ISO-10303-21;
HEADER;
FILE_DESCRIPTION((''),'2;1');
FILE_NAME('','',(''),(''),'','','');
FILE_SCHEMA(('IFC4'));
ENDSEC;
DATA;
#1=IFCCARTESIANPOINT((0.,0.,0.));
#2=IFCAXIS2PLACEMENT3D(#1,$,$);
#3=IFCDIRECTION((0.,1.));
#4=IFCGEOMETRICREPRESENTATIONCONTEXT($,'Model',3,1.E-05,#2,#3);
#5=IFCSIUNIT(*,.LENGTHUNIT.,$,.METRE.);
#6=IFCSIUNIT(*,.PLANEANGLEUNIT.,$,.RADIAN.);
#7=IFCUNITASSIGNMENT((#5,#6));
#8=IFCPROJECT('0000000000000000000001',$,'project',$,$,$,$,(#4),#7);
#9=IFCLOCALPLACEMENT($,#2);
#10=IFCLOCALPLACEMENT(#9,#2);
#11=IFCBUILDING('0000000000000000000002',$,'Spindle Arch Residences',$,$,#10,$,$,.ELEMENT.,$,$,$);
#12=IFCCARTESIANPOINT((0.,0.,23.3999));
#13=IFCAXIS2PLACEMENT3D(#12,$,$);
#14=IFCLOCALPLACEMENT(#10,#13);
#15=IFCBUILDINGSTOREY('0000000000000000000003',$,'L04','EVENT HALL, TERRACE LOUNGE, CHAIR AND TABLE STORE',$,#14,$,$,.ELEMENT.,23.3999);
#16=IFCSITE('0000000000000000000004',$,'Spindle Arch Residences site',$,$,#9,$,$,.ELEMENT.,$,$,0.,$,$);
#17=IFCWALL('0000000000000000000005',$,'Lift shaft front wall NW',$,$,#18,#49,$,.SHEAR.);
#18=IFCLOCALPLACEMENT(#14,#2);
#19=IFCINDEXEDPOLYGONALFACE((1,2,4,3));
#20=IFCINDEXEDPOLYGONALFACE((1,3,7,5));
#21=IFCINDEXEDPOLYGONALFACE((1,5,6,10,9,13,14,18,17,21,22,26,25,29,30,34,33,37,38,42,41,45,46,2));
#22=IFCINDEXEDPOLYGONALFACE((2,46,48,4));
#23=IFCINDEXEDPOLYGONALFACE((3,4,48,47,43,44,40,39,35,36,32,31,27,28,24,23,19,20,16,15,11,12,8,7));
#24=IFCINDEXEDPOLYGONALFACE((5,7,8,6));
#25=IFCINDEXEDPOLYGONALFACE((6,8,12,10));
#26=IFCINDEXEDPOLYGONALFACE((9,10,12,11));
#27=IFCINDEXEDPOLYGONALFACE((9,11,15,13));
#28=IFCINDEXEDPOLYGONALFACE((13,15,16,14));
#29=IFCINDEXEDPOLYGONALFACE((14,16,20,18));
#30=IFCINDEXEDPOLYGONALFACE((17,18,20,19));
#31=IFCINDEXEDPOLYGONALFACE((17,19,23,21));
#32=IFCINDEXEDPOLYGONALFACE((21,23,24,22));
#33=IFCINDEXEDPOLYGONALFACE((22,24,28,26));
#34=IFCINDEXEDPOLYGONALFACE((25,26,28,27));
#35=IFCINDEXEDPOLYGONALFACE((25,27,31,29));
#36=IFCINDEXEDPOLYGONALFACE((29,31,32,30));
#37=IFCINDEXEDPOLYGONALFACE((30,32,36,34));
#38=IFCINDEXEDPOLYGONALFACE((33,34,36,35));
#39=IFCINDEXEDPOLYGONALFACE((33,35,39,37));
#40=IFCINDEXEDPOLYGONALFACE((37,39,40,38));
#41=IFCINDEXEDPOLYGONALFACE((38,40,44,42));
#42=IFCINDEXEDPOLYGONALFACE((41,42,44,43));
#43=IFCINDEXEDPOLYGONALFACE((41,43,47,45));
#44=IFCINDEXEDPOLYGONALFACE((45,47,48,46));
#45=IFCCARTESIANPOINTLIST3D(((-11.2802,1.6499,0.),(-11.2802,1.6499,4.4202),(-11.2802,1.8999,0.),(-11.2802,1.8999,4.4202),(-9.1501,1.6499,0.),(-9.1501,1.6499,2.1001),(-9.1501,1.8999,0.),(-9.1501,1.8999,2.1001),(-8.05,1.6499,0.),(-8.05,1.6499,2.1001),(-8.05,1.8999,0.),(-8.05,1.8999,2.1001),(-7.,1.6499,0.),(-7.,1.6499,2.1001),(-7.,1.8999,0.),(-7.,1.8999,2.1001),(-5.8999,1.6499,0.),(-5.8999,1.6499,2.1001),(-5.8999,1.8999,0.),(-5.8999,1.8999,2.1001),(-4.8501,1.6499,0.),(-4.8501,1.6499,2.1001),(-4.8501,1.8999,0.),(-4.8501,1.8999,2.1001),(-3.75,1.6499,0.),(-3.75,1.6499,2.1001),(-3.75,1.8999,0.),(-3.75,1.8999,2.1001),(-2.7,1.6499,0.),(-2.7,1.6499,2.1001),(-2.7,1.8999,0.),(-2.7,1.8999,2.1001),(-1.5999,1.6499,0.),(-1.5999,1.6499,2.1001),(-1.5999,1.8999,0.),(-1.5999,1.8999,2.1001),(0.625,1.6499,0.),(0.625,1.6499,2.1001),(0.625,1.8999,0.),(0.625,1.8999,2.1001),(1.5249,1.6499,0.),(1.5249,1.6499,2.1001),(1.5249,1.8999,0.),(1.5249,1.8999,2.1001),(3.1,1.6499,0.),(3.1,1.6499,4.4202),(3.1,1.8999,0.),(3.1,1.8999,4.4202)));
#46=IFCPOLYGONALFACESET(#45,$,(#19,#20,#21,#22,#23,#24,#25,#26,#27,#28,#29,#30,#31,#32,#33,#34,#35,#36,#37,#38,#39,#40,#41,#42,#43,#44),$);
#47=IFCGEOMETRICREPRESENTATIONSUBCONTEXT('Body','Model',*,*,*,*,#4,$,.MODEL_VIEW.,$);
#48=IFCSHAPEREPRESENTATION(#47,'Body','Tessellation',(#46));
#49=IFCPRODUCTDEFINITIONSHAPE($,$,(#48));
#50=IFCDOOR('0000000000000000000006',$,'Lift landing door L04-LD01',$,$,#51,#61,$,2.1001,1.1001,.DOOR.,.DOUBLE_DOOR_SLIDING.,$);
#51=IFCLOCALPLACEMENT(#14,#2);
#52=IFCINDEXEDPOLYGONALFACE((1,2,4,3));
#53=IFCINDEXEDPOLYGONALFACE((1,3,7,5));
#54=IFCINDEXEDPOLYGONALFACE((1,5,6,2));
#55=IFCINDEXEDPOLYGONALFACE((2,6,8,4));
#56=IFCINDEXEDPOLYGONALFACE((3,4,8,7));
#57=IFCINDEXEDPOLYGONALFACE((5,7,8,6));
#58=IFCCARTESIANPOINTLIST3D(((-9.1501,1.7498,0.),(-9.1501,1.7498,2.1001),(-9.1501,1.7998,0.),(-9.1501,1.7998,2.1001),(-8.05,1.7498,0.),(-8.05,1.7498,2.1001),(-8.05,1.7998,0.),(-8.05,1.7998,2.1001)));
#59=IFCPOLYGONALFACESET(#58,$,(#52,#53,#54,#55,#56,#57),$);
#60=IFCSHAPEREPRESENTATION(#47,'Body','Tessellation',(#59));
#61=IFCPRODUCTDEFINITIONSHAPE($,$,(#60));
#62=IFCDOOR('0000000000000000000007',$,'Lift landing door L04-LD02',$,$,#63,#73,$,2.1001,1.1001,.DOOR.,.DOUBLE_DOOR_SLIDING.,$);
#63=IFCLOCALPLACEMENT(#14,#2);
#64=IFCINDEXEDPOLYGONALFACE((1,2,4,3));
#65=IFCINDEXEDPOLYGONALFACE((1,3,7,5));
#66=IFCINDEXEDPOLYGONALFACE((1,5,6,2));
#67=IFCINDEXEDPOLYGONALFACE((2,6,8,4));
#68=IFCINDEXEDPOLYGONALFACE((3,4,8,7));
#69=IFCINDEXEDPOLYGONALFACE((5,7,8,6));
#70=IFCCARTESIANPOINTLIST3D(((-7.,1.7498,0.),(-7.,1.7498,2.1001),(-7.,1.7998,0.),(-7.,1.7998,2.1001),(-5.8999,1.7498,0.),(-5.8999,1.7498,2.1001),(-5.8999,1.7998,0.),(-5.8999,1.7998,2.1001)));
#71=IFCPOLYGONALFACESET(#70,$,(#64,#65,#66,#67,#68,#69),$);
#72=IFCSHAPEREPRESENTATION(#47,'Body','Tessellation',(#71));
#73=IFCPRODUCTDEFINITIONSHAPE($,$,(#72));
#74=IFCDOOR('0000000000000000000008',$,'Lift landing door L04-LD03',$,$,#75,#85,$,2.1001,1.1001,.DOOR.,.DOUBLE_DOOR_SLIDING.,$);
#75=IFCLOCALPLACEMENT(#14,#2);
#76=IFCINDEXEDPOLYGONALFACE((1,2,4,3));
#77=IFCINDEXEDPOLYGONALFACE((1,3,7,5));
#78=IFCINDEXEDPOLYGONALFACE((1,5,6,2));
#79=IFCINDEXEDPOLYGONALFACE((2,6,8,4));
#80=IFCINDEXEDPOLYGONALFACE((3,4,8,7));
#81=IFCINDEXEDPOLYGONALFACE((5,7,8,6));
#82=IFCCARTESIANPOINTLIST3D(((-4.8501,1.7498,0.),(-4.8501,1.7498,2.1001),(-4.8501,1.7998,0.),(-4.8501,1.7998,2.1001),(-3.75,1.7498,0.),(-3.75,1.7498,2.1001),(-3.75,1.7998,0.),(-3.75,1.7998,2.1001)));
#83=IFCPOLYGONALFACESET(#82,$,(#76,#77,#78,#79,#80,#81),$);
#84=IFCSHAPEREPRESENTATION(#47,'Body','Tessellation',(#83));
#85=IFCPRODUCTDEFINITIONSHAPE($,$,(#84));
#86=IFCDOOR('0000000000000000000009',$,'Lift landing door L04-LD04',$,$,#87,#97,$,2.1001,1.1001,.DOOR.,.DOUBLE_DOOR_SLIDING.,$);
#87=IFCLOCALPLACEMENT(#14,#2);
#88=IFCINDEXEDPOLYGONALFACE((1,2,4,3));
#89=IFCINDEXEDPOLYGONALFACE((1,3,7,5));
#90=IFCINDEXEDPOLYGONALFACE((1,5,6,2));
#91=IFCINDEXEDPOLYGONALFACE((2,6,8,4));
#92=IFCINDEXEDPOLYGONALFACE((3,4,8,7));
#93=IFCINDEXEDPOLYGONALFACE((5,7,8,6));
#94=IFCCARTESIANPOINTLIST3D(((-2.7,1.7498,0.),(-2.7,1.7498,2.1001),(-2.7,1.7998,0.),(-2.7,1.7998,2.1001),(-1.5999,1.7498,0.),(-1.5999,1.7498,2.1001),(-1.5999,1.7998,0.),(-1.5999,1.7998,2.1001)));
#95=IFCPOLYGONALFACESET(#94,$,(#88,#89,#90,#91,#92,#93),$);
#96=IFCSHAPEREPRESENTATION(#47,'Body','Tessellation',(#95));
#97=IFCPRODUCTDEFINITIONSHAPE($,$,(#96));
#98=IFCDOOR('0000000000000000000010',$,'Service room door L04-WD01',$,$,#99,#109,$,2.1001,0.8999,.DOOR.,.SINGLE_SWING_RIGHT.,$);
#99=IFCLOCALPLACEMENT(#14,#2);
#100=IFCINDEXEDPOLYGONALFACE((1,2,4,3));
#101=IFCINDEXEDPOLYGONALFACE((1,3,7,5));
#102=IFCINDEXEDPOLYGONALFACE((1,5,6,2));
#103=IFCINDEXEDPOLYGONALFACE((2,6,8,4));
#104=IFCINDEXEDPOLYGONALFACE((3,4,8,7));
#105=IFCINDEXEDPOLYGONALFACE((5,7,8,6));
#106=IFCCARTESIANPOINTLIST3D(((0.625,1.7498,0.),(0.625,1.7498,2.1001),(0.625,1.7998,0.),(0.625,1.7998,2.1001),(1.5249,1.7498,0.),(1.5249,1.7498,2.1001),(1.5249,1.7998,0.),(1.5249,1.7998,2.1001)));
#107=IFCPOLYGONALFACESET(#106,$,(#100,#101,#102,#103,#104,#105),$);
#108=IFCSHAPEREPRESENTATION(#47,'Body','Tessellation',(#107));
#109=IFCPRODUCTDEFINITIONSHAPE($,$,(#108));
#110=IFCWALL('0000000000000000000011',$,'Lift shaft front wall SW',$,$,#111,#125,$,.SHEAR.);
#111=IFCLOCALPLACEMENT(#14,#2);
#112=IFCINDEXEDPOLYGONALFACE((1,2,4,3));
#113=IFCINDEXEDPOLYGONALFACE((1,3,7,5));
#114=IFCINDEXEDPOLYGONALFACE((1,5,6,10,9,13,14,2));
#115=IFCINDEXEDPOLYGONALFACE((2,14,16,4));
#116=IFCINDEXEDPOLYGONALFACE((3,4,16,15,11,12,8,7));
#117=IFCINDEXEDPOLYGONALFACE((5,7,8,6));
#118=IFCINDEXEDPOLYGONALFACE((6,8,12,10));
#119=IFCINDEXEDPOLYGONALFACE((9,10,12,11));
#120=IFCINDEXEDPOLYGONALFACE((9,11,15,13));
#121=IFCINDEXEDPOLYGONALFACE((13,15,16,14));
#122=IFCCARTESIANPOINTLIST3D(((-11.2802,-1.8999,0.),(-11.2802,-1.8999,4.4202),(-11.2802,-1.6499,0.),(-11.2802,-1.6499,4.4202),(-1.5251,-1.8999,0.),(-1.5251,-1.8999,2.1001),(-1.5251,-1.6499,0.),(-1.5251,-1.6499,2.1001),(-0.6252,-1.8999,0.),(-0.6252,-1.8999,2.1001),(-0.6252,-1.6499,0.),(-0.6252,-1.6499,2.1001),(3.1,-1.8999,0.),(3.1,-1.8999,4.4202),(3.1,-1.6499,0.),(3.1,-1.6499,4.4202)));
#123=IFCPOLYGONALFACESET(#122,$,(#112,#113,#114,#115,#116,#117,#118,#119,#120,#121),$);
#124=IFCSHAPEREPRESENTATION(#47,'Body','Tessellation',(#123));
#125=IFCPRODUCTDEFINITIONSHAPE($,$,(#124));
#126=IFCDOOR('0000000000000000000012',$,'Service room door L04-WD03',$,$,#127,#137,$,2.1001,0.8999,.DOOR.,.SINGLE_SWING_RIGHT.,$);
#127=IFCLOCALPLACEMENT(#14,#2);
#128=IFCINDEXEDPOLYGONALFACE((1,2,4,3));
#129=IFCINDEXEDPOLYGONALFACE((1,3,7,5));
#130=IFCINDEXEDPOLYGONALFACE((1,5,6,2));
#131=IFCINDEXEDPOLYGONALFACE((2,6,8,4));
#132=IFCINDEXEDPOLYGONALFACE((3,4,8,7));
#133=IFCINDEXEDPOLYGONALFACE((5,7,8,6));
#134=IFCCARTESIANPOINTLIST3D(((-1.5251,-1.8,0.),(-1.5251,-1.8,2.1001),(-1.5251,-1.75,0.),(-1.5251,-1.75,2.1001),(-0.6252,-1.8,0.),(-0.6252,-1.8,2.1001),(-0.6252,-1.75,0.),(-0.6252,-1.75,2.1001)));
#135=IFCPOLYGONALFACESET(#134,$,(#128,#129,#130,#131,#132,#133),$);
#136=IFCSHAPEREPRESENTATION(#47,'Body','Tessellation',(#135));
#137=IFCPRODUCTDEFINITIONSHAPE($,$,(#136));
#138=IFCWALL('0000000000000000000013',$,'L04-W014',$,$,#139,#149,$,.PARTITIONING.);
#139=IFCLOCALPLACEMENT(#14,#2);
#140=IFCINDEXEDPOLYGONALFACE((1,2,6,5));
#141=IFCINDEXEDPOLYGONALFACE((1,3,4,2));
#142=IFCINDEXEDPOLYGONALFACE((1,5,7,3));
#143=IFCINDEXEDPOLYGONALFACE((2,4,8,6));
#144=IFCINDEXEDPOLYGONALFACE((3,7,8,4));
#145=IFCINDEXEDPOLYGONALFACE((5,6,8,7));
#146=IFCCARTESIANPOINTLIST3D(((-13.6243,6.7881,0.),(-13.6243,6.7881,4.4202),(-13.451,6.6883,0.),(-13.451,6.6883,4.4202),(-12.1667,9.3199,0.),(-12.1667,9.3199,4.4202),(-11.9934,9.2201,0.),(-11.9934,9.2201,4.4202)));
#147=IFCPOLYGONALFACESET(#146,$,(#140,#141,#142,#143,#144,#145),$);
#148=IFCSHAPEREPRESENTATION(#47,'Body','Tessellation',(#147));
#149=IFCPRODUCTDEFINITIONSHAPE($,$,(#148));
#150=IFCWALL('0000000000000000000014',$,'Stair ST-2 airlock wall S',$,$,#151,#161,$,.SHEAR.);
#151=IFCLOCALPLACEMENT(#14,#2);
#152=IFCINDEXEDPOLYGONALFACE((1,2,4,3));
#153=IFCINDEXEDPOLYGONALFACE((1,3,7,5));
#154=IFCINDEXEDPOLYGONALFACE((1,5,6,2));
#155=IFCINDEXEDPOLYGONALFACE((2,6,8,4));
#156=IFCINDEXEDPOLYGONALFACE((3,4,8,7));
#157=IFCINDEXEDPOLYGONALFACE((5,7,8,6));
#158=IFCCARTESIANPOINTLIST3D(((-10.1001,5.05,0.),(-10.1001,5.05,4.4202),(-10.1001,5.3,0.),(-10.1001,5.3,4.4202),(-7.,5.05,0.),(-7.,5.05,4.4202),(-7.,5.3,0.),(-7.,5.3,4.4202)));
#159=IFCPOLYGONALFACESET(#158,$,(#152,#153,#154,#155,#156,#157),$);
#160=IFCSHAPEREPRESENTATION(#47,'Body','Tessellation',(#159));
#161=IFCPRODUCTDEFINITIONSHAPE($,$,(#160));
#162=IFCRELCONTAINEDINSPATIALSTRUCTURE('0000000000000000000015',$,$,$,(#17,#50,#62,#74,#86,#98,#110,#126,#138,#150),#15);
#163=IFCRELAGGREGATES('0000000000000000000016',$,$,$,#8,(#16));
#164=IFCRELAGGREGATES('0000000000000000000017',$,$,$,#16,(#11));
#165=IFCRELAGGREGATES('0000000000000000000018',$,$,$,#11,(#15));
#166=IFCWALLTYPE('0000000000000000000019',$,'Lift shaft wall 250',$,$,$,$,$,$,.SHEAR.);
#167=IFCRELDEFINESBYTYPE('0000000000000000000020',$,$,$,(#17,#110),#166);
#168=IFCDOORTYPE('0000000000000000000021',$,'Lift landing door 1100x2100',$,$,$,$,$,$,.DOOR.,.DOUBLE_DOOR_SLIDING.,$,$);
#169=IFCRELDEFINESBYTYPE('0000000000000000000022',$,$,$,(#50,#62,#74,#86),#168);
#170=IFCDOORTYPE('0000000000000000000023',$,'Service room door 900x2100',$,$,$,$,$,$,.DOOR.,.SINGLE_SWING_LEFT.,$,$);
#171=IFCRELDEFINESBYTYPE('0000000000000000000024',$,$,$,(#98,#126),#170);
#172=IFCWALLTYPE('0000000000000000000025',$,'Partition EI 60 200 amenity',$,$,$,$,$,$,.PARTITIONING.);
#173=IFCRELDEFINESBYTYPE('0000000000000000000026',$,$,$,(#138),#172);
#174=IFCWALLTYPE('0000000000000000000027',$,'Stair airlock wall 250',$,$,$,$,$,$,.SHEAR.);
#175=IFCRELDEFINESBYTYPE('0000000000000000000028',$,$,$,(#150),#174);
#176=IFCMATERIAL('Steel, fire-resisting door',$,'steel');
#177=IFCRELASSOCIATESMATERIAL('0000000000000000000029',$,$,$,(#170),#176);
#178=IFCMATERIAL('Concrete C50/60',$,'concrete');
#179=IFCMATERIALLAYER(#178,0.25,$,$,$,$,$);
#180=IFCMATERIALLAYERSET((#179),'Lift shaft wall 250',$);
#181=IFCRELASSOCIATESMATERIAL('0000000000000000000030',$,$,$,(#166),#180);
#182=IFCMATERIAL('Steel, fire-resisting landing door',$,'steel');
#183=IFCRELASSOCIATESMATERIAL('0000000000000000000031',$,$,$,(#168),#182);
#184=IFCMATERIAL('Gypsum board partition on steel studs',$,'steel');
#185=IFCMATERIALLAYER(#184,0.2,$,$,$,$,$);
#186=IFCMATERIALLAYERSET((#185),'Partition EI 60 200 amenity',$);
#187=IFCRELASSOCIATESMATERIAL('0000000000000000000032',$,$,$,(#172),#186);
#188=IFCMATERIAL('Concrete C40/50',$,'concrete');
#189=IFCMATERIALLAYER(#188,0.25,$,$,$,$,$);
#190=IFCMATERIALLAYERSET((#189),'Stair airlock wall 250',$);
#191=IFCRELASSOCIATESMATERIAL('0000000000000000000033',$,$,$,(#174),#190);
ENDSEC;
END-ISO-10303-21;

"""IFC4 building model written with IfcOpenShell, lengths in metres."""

from ifc_helpers import new_model, si_unit, direction, frame, frame_2d, origin, place, context, subcontext, project, spatial, rectangle, extrude, material, layer, layer_set, type_object, element, fill, save


model = new_model("IFC4")

# Units and contexts
model_context = context("Model", 3, precision=1e-05, world=origin(), true_north=direction((0.0, 1.0)))
body_context = subcontext(model_context, "Body", "Model", "MODEL_VIEW")
ifc_project = project(units=[si_unit("LENGTHUNIT", "METRE"), si_unit("PLANEANGLEUNIT", "RADIAN")], contexts=[model_context])

# Site, building, storey
site_placement = place(None, origin())
site = spatial("IfcSite", under=ifc_project, at=site_placement, Name="Spindle Arch Residences site", CompositionType="ELEMENT", RefElevation=0.0)
building_placement = place(site_placement, origin())
building = spatial("IfcBuilding", under=site, at=building_placement, Name="Spindle Arch Residences", CompositionType="ELEMENT")
storey_placement = place(building_placement, frame((0.0, 0.0, 23.3999)))
storey = spatial("IfcBuildingStorey", under=building, at=storey_placement, Name="L04", Description="EVENT HALL, TERRACE LOUNGE, CHAIR AND TABLE STORE", CompositionType="ELEMENT", Elevation=23.3999)

# Shared definitions
ifc_material_1 = material(Name="Steel, fire-resisting door", Category="steel")
door_type_1 = type_object("IfcDoorType", Name="Service room door 900x2100", OperationType="SINGLE_SWING_LEFT", PredefinedType="DOOR", material=ifc_material_1)

# Wall, openings, doors
ifc_material_2 = material(Name="Concrete C50/60", Category="concrete")
ifc_layer_1 = layer(ifc_material_2, 0.25)
ifc_layer_set_1 = layer_set([ifc_layer_1], Name="Lift shaft wall 250")
wall_type_1 = type_object("IfcWallType", Name="Lift shaft wall 250", PredefinedType="SHEAR", material=ifc_layer_set_1)
wall_1_placement = place(storey_placement, frame((-11.28, 1.7749, 0.0), z_axis=(0.0, 0.0, 1.0), x_axis=(1.0, 0.0, 0.0)))
wall_1 = element("IfcWall", 1, at=wall_1_placement, inside=storey, type_object=wall_type_1, Name="Lift shaft front wall NW", PredefinedType="SHEAR", context=body_context, shape_type="SweptSolid", body=[
    extrude(rectangle(XDim=14.3801, YDim=0.25, at=frame_2d((7.1899, 0.0))), origin(), (0.0, 0.0, 1.0), 4.4202),
])
opening_1_placement = place(wall_1_placement, frame((2.1299, 0.0, 0.0)))
opening_1 = element("IfcOpeningElement", 2, at=opening_1_placement, cuts=wall_1, PredefinedType="OPENING", context=body_context, shape_type="SweptSolid", body=[
    extrude(rectangle(XDim=1.1001, YDim=2.1001, at=frame_2d((0.55, 1.05))), frame((0.0, 0.135, 0.0), z_axis=(0.0, -1.0, 0.0), x_axis=(1.0, 0.0, 0.0)), (0.0, 0.0, 1.0), 0.27),
])
opening_2_placement = place(wall_1_placement, frame((4.28, 0.0, 0.0)))
opening_2 = element("IfcOpeningElement", 3, at=opening_2_placement, cuts=wall_1, PredefinedType="OPENING", context=body_context, shape_type="SweptSolid", body=[
    extrude(rectangle(XDim=1.1001, YDim=2.1001, at=frame_2d((0.55, 1.05))), frame((0.0, 0.135, 0.0), z_axis=(0.0, -1.0, 0.0), x_axis=(1.0, 0.0, 0.0)), (0.0, 0.0, 1.0), 0.27),
])
opening_3_placement = place(wall_1_placement, frame((6.4299, 0.0, 0.0)))
opening_3 = element("IfcOpeningElement", 4, at=opening_3_placement, cuts=wall_1, PredefinedType="OPENING", context=body_context, shape_type="SweptSolid", body=[
    extrude(rectangle(XDim=1.1001, YDim=2.1001, at=frame_2d((0.55, 1.05))), frame((0.0, 0.135, 0.0), z_axis=(0.0, -1.0, 0.0), x_axis=(1.0, 0.0, 0.0)), (0.0, 0.0, 1.0), 0.27),
])
opening_4_placement = place(wall_1_placement, frame((8.5801, 0.0, 0.0)))
opening_4 = element("IfcOpeningElement", 5, at=opening_4_placement, cuts=wall_1, PredefinedType="OPENING", context=body_context, shape_type="SweptSolid", body=[
    extrude(rectangle(XDim=1.1001, YDim=2.1001, at=frame_2d((0.55, 1.05))), frame((0.0, 0.135, 0.0), z_axis=(0.0, -1.0, 0.0), x_axis=(1.0, 0.0, 0.0)), (0.0, 0.0, 1.0), 0.27),
])
opening_5_placement = place(wall_1_placement, frame((11.905, 0.0, 0.0)))
opening_5 = element("IfcOpeningElement", 6, at=opening_5_placement, cuts=wall_1, PredefinedType="OPENING", context=body_context, shape_type="SweptSolid", body=[
    extrude(rectangle(XDim=0.8999, YDim=2.1001, at=frame_2d((0.45, 1.05))), frame((0.0, 0.135, 0.0), z_axis=(0.0, -1.0, 0.0), x_axis=(1.0, 0.0, 0.0)), (0.0, 0.0, 1.0), 0.27),
])
ifc_material_3 = material(Name="Steel, fire-resisting landing door", Category="steel")
door_type_2 = type_object("IfcDoorType", Name="Lift landing door 1100x2100", OperationType="DOUBLE_DOOR_SLIDING", PredefinedType="DOOR", material=ifc_material_3)
door_1_placement = place(opening_1_placement, origin())
door_1 = element("IfcDoor", 7, at=door_1_placement, inside=storey, type_object=door_type_2, Name="Lift landing door L04-LD01", OperationType="DOUBLE_DOOR_SLIDING", OverallHeight=2.1001, OverallWidth=1.1001, PredefinedType="DOOR", context=body_context, shape_type="SweptSolid", body=[
    extrude(rectangle(XDim=1.1001, YDim=2.1001, at=frame_2d((0.55, 1.05))), frame((0.0, 0.0249, 0.0), z_axis=(0.0, -1.0, 0.0), x_axis=(1.0, 0.0, 0.0)), (0.0, 0.0, 1.0), 0.05),
])
fill(opening_1, door_1)
door_2_placement = place(opening_2_placement, origin())
door_2 = element("IfcDoor", 8, at=door_2_placement, inside=storey, type_object=door_type_2, Name="Lift landing door L04-LD02", OperationType="DOUBLE_DOOR_SLIDING", OverallHeight=2.1001, OverallWidth=1.1001, PredefinedType="DOOR", context=body_context, shape_type="SweptSolid", body=[
    extrude(rectangle(XDim=1.1001, YDim=2.1001, at=frame_2d((0.55, 1.05))), frame((0.0, 0.0249, 0.0), z_axis=(0.0, -1.0, 0.0), x_axis=(1.0, 0.0, 0.0)), (0.0, 0.0, 1.0), 0.05),
])
fill(opening_2, door_2)
door_3_placement = place(opening_3_placement, origin())
door_3 = element("IfcDoor", 9, at=door_3_placement, inside=storey, type_object=door_type_2, Name="Lift landing door L04-LD03", OperationType="DOUBLE_DOOR_SLIDING", OverallHeight=2.1001, OverallWidth=1.1001, PredefinedType="DOOR", context=body_context, shape_type="SweptSolid", body=[
    extrude(rectangle(XDim=1.1001, YDim=2.1001, at=frame_2d((0.55, 1.05))), frame((0.0, 0.0249, 0.0), z_axis=(0.0, -1.0, 0.0), x_axis=(1.0, 0.0, 0.0)), (0.0, 0.0, 1.0), 0.05),
])
fill(opening_3, door_3)
door_4_placement = place(opening_4_placement, origin())
door_4 = element("IfcDoor", 10, at=door_4_placement, inside=storey, type_object=door_type_2, Name="Lift landing door L04-LD04", OperationType="DOUBLE_DOOR_SLIDING", OverallHeight=2.1001, OverallWidth=1.1001, PredefinedType="DOOR", context=body_context, shape_type="SweptSolid", body=[
    extrude(rectangle(XDim=1.1001, YDim=2.1001, at=frame_2d((0.55, 1.05))), frame((0.0, 0.0249, 0.0), z_axis=(0.0, -1.0, 0.0), x_axis=(1.0, 0.0, 0.0)), (0.0, 0.0, 1.0), 0.05),
])
fill(opening_4, door_4)
door_5_placement = place(opening_5_placement, origin())
door_5 = element("IfcDoor", 11, at=door_5_placement, inside=storey, type_object=door_type_1, Name="Service room door L04-WD01", OperationType="SINGLE_SWING_RIGHT", OverallHeight=2.1001, OverallWidth=0.8999, PredefinedType="DOOR", context=body_context, shape_type="SweptSolid", body=[
    extrude(rectangle(XDim=0.8999, YDim=2.1001, at=frame_2d((0.45, 1.05))), frame((0.0, 0.0249, 0.0), z_axis=(0.0, -1.0, 0.0), x_axis=(1.0, 0.0, 0.0)), (0.0, 0.0, 1.0), 0.05),
])
fill(opening_5, door_5)

# Wall, opening, door
wall_2_placement = place(storey_placement, frame((-11.28, -1.7749, 0.0), z_axis=(0.0, 0.0, 1.0), x_axis=(1.0, 0.0, 0.0)))
wall_2 = element("IfcWall", 12, at=wall_2_placement, inside=storey, type_object=wall_type_1, Name="Lift shaft front wall SW", PredefinedType="SHEAR", context=body_context, shape_type="SweptSolid", body=[
    extrude(rectangle(XDim=14.3801, YDim=0.25, at=frame_2d((7.1899, 0.0))), origin(), (0.0, 0.0, 1.0), 4.4202),
])
opening_6_placement = place(wall_2_placement, frame((9.7549, 0.0, 0.0)))
opening_6 = element("IfcOpeningElement", 13, at=opening_6_placement, cuts=wall_2, PredefinedType="OPENING", context=body_context, shape_type="SweptSolid", body=[
    extrude(rectangle(XDim=0.8999, YDim=2.1001, at=frame_2d((0.45, 1.05))), frame((0.0, 0.135, 0.0), z_axis=(0.0, -1.0, 0.0), x_axis=(1.0, 0.0, 0.0)), (0.0, 0.0, 1.0), 0.27),
])
door_6_placement = place(opening_6_placement, origin())
door_6 = element("IfcDoor", 14, at=door_6_placement, inside=storey, type_object=door_type_1, Name="Service room door L04-WD03", OperationType="SINGLE_SWING_RIGHT", OverallHeight=2.1001, OverallWidth=0.8999, PredefinedType="DOOR", context=body_context, shape_type="SweptSolid", body=[
    extrude(rectangle(XDim=0.8999, YDim=2.1001, at=frame_2d((0.45, 1.05))), frame((0.0, 0.0249, 0.0), z_axis=(0.0, -1.0, 0.0), x_axis=(1.0, 0.0, 0.0)), (0.0, 0.0, 1.0), 0.05),
])
fill(opening_6, door_6)

# Walls
ifc_material_4 = material(Name="Gypsum board partition on steel studs", Category="steel")
ifc_layer_2 = layer(ifc_material_4, 0.2)
ifc_layer_set_2 = layer_set([ifc_layer_2], Name="Partition EI 60 200 amenity")
wall_type_2 = type_object("IfcWallType", Name="Partition EI 60 200 amenity", PredefinedType="PARTITIONING", material=ifc_layer_set_2)
wall_3_placement = place(storey_placement, frame((-12.0801, 9.27, 0.0), z_axis=(0.0, 0.0, 1.0), x_axis=(-0.498926, -0.866644, 0.0)))
element("IfcWall", 15, at=wall_3_placement, inside=storey, type_object=wall_type_2, Name="L04-W014", PredefinedType="PARTITIONING", context=body_context, shape_type="SweptSolid", body=[
    extrude(rectangle(XDim=2.9214, YDim=0.2, at=frame_2d((1.4607, 0.0))), origin(), (0.0, 0.0, 1.0), 4.4202),
])
ifc_material_5 = material(Name="Concrete C40/50", Category="concrete")
ifc_layer_3 = layer(ifc_material_5, 0.25)
ifc_layer_set_3 = layer_set([ifc_layer_3], Name="Stair airlock wall 250")
wall_type_3 = type_object("IfcWallType", Name="Stair airlock wall 250", PredefinedType="SHEAR", material=ifc_layer_set_3)
wall_4_placement = place(storey_placement, frame((-7.0, 5.175, 0.0), z_axis=(0.0, 0.0, 1.0), x_axis=(-1.0, 0.0, 0.0)))
element("IfcWall", 16, at=wall_4_placement, inside=storey, type_object=wall_type_3, Name="Stair ST-2 airlock wall S", PredefinedType="SHEAR", context=body_context, shape_type="SweptSolid", body=[
    extrude(rectangle(XDim=3.1001, YDim=0.25, at=frame_2d((1.55, 0.0))), origin(), (0.0, 0.0, 1.0), 4.4202),
])

save(model, "model.ifc")
